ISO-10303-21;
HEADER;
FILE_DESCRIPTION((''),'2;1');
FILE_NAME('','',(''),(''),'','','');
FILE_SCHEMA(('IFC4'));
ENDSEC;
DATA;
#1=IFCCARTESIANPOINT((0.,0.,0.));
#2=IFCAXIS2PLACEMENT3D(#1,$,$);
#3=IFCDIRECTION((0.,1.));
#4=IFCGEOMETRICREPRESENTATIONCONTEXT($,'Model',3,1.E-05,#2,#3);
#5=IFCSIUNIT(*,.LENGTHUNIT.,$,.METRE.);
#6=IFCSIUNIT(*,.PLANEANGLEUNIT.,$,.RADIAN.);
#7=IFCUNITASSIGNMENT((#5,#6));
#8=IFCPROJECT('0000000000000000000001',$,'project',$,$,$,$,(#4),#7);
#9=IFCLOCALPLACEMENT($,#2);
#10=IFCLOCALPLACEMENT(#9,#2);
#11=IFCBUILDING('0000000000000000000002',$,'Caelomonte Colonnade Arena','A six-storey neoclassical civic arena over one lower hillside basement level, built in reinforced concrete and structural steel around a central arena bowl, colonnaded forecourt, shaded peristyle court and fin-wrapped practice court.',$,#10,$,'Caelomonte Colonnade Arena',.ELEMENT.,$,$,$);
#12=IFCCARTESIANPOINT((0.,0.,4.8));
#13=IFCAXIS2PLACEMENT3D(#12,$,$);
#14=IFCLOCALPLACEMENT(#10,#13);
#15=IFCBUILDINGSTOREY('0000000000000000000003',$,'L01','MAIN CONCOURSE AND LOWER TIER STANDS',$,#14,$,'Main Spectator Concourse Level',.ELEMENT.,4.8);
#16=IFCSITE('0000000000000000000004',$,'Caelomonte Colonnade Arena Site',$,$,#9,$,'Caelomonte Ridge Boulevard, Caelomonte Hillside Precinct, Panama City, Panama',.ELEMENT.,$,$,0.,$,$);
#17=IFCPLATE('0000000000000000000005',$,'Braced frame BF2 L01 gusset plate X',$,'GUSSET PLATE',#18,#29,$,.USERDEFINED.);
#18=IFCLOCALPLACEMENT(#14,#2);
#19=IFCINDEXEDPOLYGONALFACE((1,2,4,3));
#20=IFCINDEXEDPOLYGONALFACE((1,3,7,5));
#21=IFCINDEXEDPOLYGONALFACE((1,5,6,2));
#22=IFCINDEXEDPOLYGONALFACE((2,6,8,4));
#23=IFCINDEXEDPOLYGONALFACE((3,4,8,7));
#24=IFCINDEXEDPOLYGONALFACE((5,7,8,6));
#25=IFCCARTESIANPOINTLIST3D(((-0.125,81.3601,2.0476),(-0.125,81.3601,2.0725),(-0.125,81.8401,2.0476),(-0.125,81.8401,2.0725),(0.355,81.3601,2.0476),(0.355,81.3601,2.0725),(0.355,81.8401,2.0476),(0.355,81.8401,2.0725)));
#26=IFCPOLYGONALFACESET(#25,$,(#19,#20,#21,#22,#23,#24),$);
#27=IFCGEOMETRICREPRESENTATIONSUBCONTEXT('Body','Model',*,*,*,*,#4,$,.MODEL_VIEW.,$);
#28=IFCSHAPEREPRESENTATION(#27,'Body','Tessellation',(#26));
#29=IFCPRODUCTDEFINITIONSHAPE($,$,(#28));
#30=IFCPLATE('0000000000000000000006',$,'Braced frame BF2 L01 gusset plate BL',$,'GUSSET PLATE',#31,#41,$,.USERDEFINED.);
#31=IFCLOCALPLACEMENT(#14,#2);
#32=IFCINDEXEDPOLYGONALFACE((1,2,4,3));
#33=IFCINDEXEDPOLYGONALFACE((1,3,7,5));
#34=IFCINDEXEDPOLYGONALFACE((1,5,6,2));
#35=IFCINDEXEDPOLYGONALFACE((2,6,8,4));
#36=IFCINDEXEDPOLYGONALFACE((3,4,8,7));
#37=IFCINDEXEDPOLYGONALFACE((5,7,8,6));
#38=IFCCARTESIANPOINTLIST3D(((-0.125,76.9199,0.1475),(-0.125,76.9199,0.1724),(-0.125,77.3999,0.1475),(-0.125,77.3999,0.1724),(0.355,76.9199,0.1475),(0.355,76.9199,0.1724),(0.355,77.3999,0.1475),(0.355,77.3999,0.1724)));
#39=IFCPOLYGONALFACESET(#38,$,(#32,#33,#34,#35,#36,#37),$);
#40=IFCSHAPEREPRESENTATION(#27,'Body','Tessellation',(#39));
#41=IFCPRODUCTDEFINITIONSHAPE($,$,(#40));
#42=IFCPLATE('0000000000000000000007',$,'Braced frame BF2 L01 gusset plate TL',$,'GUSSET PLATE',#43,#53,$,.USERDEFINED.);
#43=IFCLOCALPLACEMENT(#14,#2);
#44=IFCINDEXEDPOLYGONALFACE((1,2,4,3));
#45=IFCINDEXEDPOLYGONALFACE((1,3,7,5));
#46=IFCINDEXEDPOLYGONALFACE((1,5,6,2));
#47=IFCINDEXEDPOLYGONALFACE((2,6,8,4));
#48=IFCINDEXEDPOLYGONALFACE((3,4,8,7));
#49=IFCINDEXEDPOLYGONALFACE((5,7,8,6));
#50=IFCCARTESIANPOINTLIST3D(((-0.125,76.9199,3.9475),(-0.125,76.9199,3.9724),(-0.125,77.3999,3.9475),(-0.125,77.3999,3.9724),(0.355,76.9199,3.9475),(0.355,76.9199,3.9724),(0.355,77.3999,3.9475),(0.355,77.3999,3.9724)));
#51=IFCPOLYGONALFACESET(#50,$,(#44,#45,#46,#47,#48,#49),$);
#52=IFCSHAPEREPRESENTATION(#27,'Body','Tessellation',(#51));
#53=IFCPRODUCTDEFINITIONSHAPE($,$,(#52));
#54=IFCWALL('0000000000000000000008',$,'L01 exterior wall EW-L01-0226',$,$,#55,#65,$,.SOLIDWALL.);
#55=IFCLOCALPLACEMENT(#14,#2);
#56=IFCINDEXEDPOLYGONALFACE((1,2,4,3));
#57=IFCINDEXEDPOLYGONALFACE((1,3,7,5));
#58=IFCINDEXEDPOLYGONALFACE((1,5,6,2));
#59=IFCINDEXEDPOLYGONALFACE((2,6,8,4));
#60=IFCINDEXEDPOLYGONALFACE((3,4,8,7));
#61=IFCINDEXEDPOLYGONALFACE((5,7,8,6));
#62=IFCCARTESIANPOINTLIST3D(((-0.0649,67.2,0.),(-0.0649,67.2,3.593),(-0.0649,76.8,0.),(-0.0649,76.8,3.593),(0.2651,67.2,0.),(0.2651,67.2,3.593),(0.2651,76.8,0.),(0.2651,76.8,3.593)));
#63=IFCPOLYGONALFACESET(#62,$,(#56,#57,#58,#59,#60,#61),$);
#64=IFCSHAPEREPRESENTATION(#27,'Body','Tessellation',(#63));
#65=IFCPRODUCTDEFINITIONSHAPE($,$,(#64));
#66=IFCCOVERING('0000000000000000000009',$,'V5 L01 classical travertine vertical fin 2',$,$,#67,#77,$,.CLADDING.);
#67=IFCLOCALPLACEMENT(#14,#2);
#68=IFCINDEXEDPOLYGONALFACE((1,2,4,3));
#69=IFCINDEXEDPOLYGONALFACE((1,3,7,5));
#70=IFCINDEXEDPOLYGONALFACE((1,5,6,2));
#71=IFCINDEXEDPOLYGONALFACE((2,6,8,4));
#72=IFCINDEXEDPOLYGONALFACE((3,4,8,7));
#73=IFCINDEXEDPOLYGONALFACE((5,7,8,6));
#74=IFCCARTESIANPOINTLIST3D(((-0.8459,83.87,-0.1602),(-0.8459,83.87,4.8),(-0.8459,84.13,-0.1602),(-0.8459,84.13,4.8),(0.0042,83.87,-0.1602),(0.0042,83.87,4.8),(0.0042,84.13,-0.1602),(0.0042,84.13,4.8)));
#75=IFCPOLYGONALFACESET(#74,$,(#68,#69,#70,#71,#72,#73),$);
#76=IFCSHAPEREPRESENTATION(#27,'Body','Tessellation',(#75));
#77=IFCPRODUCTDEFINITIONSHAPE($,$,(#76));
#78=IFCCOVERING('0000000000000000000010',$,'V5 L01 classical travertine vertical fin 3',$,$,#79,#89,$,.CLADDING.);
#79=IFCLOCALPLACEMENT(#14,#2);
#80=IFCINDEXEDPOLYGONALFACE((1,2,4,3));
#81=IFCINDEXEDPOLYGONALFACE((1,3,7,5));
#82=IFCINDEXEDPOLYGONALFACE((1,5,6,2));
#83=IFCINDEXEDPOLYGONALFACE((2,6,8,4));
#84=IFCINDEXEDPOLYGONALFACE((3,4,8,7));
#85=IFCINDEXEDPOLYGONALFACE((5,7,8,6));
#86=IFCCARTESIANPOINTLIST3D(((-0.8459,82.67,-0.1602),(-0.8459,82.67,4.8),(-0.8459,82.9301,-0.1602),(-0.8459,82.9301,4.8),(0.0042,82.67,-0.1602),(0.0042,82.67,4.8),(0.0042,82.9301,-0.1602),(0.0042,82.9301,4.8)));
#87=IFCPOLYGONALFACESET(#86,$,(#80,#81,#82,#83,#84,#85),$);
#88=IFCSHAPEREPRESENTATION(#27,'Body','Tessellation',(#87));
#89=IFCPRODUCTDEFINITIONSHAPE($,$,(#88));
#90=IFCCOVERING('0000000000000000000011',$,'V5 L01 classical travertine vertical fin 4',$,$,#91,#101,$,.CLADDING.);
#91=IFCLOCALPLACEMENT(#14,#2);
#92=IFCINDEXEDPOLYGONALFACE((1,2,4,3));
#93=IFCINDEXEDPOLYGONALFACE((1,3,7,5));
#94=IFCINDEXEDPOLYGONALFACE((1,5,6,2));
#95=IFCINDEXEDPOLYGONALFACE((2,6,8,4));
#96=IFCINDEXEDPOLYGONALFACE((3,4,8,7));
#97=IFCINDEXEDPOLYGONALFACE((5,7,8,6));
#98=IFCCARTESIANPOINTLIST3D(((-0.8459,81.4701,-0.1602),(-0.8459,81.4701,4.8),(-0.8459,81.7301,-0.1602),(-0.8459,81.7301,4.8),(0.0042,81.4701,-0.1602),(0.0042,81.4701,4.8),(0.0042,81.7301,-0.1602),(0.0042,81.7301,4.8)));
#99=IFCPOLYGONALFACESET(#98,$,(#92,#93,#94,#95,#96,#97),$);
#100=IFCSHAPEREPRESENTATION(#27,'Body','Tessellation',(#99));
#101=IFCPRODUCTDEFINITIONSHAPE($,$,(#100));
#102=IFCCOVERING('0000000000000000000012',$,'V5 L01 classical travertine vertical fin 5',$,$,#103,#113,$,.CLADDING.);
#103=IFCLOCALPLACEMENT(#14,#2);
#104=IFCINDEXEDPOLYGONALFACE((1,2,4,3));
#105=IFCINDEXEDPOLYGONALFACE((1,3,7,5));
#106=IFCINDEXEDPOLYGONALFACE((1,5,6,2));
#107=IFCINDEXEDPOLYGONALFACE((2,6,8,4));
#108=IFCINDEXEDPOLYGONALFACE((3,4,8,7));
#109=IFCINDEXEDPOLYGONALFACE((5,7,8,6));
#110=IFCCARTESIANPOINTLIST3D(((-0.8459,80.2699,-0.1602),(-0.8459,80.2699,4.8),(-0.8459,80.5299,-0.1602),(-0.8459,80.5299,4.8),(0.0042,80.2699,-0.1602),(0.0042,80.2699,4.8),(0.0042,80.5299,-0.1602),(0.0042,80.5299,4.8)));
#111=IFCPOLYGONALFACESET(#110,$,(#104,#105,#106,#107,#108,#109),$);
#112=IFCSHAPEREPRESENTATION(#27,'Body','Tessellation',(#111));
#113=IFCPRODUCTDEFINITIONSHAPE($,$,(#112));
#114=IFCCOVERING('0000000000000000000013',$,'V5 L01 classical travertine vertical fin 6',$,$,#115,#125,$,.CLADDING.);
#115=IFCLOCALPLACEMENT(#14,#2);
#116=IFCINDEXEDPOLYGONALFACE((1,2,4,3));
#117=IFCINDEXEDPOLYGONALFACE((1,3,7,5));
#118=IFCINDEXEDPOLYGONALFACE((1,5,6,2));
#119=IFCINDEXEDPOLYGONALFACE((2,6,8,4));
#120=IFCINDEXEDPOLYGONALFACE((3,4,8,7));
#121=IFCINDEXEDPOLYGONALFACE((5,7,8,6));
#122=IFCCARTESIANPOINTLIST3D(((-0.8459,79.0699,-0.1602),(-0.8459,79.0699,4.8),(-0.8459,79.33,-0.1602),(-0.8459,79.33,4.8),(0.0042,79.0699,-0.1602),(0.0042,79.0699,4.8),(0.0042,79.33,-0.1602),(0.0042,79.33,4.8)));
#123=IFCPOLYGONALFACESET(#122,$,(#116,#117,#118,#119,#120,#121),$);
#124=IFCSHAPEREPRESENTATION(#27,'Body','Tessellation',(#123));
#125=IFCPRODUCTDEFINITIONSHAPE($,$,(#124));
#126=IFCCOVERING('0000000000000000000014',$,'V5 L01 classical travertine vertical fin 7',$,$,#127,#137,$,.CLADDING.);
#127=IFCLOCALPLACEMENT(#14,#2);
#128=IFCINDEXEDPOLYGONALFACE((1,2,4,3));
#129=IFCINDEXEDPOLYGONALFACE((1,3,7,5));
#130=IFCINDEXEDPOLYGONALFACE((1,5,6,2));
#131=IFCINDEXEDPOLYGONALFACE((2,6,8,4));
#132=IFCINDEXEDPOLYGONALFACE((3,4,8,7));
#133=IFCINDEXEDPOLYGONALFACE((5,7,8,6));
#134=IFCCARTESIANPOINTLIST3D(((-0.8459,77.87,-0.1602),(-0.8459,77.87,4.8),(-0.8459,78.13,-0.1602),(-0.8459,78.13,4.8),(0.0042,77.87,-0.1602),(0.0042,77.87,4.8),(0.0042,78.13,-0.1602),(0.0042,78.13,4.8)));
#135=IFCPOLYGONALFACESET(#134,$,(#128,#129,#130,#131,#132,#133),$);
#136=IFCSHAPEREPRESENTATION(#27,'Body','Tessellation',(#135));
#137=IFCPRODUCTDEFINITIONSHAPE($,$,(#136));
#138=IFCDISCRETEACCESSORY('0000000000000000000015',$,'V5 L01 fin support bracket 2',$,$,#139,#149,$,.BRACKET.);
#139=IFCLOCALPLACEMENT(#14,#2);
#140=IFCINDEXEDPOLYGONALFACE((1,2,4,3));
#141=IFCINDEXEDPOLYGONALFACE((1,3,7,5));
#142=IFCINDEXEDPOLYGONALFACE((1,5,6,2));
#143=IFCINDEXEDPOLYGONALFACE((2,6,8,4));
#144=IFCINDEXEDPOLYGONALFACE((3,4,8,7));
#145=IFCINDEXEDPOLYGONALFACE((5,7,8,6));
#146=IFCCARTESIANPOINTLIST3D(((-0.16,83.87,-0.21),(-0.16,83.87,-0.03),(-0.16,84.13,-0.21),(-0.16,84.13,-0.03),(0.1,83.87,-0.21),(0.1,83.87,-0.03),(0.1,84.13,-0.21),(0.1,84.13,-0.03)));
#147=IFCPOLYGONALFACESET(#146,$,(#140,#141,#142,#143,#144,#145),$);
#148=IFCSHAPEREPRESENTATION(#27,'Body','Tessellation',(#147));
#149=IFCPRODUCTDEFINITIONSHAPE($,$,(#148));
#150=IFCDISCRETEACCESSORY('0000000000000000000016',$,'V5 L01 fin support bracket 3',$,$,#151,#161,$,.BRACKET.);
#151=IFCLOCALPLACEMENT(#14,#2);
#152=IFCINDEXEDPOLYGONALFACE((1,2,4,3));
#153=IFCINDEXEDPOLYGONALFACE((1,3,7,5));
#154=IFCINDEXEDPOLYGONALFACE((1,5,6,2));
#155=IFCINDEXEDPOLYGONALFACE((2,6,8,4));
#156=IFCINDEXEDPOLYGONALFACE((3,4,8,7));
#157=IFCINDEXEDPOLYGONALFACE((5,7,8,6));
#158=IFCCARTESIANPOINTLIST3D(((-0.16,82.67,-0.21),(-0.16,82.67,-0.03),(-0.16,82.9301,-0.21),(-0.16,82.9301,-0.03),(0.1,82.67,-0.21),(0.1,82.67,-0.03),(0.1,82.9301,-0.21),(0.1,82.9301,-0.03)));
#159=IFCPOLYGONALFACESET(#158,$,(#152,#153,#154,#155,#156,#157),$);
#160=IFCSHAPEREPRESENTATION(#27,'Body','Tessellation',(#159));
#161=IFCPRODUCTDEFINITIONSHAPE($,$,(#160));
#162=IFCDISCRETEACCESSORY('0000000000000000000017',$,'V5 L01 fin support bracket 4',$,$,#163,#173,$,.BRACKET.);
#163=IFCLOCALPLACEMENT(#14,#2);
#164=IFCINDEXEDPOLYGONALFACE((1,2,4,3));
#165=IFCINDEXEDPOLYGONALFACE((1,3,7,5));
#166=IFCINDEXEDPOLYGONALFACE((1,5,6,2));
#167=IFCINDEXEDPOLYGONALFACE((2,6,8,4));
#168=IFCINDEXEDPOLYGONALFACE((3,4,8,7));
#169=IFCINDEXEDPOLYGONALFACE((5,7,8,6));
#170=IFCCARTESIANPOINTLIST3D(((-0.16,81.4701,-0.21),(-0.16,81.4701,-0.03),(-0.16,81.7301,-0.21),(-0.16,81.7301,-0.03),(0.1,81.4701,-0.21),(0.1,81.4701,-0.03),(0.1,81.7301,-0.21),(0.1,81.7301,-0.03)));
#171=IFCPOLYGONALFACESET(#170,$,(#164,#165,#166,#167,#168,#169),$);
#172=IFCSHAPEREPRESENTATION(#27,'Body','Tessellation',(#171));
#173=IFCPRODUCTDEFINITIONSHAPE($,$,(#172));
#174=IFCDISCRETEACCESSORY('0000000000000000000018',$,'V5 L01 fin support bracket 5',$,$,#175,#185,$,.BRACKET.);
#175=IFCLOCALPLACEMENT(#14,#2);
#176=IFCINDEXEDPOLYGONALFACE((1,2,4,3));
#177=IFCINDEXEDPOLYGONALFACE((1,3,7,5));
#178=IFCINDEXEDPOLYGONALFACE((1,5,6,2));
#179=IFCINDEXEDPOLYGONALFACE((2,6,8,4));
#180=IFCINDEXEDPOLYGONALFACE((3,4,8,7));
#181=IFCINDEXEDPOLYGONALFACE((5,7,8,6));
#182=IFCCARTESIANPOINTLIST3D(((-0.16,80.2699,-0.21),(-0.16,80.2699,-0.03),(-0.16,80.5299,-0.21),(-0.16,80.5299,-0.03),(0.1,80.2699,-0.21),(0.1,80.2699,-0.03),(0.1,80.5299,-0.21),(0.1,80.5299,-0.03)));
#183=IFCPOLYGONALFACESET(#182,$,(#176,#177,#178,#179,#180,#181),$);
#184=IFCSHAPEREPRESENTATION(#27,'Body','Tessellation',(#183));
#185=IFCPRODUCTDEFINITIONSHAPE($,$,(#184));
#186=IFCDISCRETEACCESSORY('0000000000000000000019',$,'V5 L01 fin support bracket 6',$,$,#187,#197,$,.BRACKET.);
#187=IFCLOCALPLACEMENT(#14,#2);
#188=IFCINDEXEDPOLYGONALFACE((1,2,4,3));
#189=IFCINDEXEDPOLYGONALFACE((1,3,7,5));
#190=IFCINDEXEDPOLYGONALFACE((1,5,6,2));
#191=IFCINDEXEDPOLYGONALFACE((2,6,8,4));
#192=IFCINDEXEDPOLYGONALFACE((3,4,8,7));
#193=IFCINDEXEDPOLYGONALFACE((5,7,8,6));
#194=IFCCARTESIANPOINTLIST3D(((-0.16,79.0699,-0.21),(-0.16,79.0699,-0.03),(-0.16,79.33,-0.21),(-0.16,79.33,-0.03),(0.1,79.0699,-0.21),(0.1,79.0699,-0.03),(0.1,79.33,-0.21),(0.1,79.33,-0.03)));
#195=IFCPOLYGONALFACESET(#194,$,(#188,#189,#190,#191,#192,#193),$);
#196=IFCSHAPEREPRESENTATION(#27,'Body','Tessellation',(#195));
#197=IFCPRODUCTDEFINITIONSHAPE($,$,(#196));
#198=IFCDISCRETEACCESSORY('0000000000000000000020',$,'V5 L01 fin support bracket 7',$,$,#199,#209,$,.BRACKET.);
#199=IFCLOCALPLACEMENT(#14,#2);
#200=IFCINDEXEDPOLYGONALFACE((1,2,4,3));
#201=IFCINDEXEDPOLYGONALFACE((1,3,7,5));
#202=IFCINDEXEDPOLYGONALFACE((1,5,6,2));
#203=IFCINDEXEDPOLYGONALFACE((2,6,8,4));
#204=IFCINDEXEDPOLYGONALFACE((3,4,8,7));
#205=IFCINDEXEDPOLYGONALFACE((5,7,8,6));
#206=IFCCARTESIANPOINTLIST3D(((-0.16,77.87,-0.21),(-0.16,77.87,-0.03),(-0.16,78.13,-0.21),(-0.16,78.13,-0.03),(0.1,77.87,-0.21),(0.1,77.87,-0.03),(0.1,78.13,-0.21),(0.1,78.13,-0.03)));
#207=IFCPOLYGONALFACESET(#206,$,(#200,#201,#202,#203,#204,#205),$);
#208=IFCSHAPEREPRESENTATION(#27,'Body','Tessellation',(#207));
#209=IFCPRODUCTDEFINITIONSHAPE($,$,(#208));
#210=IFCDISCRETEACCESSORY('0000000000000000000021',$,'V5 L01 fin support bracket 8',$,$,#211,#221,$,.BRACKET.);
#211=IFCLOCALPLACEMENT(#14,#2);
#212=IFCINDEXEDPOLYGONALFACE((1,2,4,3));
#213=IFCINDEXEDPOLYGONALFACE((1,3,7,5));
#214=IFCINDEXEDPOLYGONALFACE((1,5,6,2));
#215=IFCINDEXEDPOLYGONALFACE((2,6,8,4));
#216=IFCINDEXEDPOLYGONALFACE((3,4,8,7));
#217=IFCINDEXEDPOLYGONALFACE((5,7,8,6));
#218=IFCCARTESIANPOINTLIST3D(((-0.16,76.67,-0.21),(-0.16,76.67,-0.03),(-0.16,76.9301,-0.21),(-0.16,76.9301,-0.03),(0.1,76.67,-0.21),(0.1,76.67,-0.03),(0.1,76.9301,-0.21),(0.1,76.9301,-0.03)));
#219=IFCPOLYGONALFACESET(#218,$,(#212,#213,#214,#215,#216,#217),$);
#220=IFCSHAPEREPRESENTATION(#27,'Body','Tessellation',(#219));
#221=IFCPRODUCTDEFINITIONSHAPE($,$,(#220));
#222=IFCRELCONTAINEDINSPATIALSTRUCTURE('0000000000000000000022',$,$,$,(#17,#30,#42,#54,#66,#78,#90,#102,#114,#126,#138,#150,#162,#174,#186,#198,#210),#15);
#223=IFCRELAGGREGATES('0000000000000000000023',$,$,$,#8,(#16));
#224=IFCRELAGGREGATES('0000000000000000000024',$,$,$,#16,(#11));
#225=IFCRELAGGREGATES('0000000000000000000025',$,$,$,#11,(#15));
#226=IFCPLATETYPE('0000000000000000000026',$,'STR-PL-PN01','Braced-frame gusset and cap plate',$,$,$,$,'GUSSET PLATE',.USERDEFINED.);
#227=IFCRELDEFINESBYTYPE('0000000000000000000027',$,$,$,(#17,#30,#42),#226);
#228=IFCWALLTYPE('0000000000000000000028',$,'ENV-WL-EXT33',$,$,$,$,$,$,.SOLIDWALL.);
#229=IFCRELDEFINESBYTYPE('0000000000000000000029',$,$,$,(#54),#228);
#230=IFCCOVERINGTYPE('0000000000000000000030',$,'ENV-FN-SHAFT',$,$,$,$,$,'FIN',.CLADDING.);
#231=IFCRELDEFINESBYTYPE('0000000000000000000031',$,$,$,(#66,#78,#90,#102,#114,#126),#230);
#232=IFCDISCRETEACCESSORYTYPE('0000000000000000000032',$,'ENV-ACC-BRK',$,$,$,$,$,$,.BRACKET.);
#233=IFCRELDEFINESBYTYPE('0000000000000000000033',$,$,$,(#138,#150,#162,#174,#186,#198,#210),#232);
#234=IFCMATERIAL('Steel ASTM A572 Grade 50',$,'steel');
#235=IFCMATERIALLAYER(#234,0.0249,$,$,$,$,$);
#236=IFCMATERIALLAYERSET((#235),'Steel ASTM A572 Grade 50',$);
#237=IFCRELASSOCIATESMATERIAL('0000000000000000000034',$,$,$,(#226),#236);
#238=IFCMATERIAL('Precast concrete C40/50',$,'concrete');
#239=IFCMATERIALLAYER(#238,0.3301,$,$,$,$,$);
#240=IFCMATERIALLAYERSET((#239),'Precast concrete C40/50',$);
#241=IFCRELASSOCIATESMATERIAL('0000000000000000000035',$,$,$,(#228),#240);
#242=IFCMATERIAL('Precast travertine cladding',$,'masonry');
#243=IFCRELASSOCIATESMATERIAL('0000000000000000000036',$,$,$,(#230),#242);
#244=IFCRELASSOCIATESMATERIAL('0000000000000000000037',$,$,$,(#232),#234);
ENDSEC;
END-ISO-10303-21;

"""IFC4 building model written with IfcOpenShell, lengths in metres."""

from ifc_helpers import new_model, si_unit, direction, frame, frame_2d, origin, origin_2d, place, context, subcontext, project, spatial, rectangle, extrude, material, layer, layer_set, material_profile, profile_set, type_object, element, save


model = new_model("IFC4")

# Units and contexts
model_context = context("Model", 3, precision=1e-05, world=origin(), true_north=direction((0.0, 1.0)))
body_context = subcontext(model_context, "Body", "Model", "MODEL_VIEW")
ifc_project = project(units=[si_unit("LENGTHUNIT", "METRE"), si_unit("PLANEANGLEUNIT", "RADIAN")], contexts=[model_context])

# Site, building, storey
site_placement = place(None, origin())
site = spatial("IfcSite", under=ifc_project, at=site_placement, Name="Caelomonte Colonnade Arena Site", LongName="Caelomonte Ridge Boulevard, Caelomonte Hillside Precinct, Panama City, Panama", CompositionType="ELEMENT", RefElevation=0.0)
building_placement = place(site_placement, origin())
building = spatial("IfcBuilding", under=site, at=building_placement, Name="Caelomonte Colonnade Arena", Description="A six-storey neoclassical civic arena over one lower hillside basement level, built in reinforced concrete and structural steel around a central arena bowl, colonnaded forecourt, shaded peristyle court and fin-wrapped practice court.", LongName="Caelomonte Colonnade Arena", CompositionType="ELEMENT")
storey_placement = place(building_placement, frame((0.0, 0.0, 4.8)))
storey = spatial("IfcBuildingStorey", under=building, at=storey_placement, Name="L01", Description="MAIN CONCOURSE AND LOWER TIER STANDS", LongName="Main Spectator Concourse Level", CompositionType="ELEMENT", Elevation=4.8)

# Plates
ifc_material_1 = material(Name="Steel ASTM A572 Grade 50", Category="steel")
ifc_layer_1 = layer(ifc_material_1, 0.0249)
ifc_layer_set_1 = layer_set([ifc_layer_1], Name="Steel ASTM A572 Grade 50")
plate_type = type_object("IfcPlateType", Name="STR-PL-PN01", Description="Braced-frame gusset and cap plate", ElementType="GUSSET PLATE", PredefinedType="USERDEFINED", material=ifc_layer_set_1)
for number, where, z_axis, x_axis, name in (
    (1, (0.115, 81.6001, 2.0476), (0.0, 0.0, 1.0), (1.0, 0.0, 0.0), "Braced frame BF2 L01 gusset plate X"),
    (2, (0.115, 77.1599, 0.1475), (0.0, 0.0, 1.0), (1.0, 0.0, 0.0), "Braced frame BF2 L01 gusset plate BL"),
    (3, (0.115, 77.1599, 3.9475), (0.0, 0.0, 1.0), (1.0, 0.0, 0.0), "Braced frame BF2 L01 gusset plate TL"),
):
    element("IfcPlate", number, at=place(storey_placement, frame(where, z_axis=z_axis, x_axis=x_axis)), inside=storey, type_object=plate_type, Name=name, ObjectType="GUSSET PLATE", PredefinedType="USERDEFINED", context=body_context, shape_type="SweptSolid", body=[
        extrude(rectangle(XDim=0.48, YDim=0.48, at=origin_2d()), origin(), (0.0, 0.0, 1.0), 0.0249),
    ])

# Wall
ifc_material_2 = material(Name="Precast concrete C40/50", Category="concrete")
ifc_layer_2 = layer(ifc_material_2, 0.3301)
ifc_layer_set_2 = layer_set([ifc_layer_2], Name="Precast concrete C40/50")
wall_type = type_object("IfcWallType", Name="ENV-WL-EXT33", PredefinedType="SOLIDWALL", material=ifc_layer_set_2)
wall_placement = place(storey_placement, frame((0.1001, 76.8, 0.0), z_axis=(0.0, 0.0, 1.0), x_axis=(0.0, -1.0, 0.0)))
element("IfcWall", 4, at=wall_placement, inside=storey, type_object=wall_type, Name="L01 exterior wall EW-L01-0226", PredefinedType="SOLIDWALL", context=body_context, shape_type="SweptSolid", body=[
    extrude(rectangle(XDim=9.6001, YDim=0.3301, at=frame_2d((4.8, 0.0))), origin(), (0.0, 0.0, 1.0), 3.593),
])

# Coverings
ifc_material_3 = material(Name="Precast travertine cladding", Category="masonry")
ifc_material_profile_1 = material_profile(ifc_material_3, rectangle(XDim=0.26, YDim=0.8501, at=origin_2d()), Name="FIN260X850")
ifc_profile_set_1 = profile_set([ifc_material_profile_1], Name="Precast travertine cladding")
covering_type = type_object("IfcCoveringType", Name="ENV-FN-SHAFT", ElementType="FIN", PredefinedType="CLADDING", material=ifc_profile_set_1)
for number, where, z_axis, x_axis, name in (
    (5, (-0.4209, 84.0, -0.1602), (0.0, 0.0, 1.0), (0.0, 1.0, 0.0), "V5 L01 classical travertine vertical fin 2"),
    (6, (-0.4209, 82.8, -0.1602), (0.0, 0.0, 1.0), (0.0, 1.0, 0.0), "V5 L01 classical travertine vertical fin 3"),
    (7, (-0.4209, 81.6001, -0.1602), (0.0, 0.0, 1.0), (0.0, 1.0, 0.0), "V5 L01 classical travertine vertical fin 4"),
    (8, (-0.4209, 80.3999, -0.1602), (0.0, 0.0, 1.0), (0.0, 1.0, 0.0), "V5 L01 classical travertine vertical fin 5"),
    (9, (-0.4209, 79.2, -0.1602), (0.0, 0.0, 1.0), (0.0, 1.0, 0.0), "V5 L01 classical travertine vertical fin 6"),
    (10, (-0.4209, 78.0, -0.1602), (0.0, 0.0, 1.0), (0.0, 1.0, 0.0), "V5 L01 classical travertine vertical fin 7"),
):
    element("IfcCovering", number, at=place(storey_placement, frame(where, z_axis=z_axis, x_axis=x_axis)), inside=storey, type_object=covering_type, Name=name, PredefinedType="CLADDING", context=body_context, shape_type="SweptSolid", body=[
        extrude(rectangle(XDim=0.26, YDim=0.8501, at=origin_2d()), origin(), (0.0, 0.0, 1.0), 4.9602),
    ])

# Discrete accessories
discrete_accessory_type = type_object("IfcDiscreteAccessoryType", Name="ENV-ACC-BRK", PredefinedType="BRACKET", material=ifc_material_1)
for number, where, z_axis, x_axis, name in (
    (11, (-0.03, 84.0, -0.21), (0.0, 0.0, 1.0), (0.0, -1.0, 0.0), "V5 L01 fin support bracket 2"),
    (12, (-0.03, 82.8, -0.21), (0.0, 0.0, 1.0), (0.0, -1.0, 0.0), "V5 L01 fin support bracket 3"),
    (13, (-0.03, 81.6001, -0.21), (0.0, 0.0, 1.0), (0.0, -1.0, 0.0), "V5 L01 fin support bracket 4"),
    (14, (-0.03, 80.3999, -0.21), (0.0, 0.0, 1.0), (0.0, -1.0, 0.0), "V5 L01 fin support bracket 5"),
    (15, (-0.03, 79.2, -0.21), (0.0, 0.0, 1.0), (0.0, -1.0, 0.0), "V5 L01 fin support bracket 6"),
    (16, (-0.03, 78.0, -0.21), (0.0, 0.0, 1.0), (0.0, -1.0, 0.0), "V5 L01 fin support bracket 7"),
    (17, (-0.03, 76.8, -0.21), (0.0, 0.0, 1.0), (0.0, -1.0, 0.0), "V5 L01 fin support bracket 8"),
):
    element("IfcDiscreteAccessory", number, at=place(storey_placement, frame(where, z_axis=z_axis, x_axis=x_axis)), inside=storey, type_object=discrete_accessory_type, Name=name, PredefinedType="BRACKET", context=body_context, shape_type="SweptSolid", body=[
        extrude(rectangle(XDim=0.26, YDim=0.26, at=origin_2d()), origin(), (0.0, 0.0, 1.0), 0.1799),
    ])

save(model, "model.ifc")
